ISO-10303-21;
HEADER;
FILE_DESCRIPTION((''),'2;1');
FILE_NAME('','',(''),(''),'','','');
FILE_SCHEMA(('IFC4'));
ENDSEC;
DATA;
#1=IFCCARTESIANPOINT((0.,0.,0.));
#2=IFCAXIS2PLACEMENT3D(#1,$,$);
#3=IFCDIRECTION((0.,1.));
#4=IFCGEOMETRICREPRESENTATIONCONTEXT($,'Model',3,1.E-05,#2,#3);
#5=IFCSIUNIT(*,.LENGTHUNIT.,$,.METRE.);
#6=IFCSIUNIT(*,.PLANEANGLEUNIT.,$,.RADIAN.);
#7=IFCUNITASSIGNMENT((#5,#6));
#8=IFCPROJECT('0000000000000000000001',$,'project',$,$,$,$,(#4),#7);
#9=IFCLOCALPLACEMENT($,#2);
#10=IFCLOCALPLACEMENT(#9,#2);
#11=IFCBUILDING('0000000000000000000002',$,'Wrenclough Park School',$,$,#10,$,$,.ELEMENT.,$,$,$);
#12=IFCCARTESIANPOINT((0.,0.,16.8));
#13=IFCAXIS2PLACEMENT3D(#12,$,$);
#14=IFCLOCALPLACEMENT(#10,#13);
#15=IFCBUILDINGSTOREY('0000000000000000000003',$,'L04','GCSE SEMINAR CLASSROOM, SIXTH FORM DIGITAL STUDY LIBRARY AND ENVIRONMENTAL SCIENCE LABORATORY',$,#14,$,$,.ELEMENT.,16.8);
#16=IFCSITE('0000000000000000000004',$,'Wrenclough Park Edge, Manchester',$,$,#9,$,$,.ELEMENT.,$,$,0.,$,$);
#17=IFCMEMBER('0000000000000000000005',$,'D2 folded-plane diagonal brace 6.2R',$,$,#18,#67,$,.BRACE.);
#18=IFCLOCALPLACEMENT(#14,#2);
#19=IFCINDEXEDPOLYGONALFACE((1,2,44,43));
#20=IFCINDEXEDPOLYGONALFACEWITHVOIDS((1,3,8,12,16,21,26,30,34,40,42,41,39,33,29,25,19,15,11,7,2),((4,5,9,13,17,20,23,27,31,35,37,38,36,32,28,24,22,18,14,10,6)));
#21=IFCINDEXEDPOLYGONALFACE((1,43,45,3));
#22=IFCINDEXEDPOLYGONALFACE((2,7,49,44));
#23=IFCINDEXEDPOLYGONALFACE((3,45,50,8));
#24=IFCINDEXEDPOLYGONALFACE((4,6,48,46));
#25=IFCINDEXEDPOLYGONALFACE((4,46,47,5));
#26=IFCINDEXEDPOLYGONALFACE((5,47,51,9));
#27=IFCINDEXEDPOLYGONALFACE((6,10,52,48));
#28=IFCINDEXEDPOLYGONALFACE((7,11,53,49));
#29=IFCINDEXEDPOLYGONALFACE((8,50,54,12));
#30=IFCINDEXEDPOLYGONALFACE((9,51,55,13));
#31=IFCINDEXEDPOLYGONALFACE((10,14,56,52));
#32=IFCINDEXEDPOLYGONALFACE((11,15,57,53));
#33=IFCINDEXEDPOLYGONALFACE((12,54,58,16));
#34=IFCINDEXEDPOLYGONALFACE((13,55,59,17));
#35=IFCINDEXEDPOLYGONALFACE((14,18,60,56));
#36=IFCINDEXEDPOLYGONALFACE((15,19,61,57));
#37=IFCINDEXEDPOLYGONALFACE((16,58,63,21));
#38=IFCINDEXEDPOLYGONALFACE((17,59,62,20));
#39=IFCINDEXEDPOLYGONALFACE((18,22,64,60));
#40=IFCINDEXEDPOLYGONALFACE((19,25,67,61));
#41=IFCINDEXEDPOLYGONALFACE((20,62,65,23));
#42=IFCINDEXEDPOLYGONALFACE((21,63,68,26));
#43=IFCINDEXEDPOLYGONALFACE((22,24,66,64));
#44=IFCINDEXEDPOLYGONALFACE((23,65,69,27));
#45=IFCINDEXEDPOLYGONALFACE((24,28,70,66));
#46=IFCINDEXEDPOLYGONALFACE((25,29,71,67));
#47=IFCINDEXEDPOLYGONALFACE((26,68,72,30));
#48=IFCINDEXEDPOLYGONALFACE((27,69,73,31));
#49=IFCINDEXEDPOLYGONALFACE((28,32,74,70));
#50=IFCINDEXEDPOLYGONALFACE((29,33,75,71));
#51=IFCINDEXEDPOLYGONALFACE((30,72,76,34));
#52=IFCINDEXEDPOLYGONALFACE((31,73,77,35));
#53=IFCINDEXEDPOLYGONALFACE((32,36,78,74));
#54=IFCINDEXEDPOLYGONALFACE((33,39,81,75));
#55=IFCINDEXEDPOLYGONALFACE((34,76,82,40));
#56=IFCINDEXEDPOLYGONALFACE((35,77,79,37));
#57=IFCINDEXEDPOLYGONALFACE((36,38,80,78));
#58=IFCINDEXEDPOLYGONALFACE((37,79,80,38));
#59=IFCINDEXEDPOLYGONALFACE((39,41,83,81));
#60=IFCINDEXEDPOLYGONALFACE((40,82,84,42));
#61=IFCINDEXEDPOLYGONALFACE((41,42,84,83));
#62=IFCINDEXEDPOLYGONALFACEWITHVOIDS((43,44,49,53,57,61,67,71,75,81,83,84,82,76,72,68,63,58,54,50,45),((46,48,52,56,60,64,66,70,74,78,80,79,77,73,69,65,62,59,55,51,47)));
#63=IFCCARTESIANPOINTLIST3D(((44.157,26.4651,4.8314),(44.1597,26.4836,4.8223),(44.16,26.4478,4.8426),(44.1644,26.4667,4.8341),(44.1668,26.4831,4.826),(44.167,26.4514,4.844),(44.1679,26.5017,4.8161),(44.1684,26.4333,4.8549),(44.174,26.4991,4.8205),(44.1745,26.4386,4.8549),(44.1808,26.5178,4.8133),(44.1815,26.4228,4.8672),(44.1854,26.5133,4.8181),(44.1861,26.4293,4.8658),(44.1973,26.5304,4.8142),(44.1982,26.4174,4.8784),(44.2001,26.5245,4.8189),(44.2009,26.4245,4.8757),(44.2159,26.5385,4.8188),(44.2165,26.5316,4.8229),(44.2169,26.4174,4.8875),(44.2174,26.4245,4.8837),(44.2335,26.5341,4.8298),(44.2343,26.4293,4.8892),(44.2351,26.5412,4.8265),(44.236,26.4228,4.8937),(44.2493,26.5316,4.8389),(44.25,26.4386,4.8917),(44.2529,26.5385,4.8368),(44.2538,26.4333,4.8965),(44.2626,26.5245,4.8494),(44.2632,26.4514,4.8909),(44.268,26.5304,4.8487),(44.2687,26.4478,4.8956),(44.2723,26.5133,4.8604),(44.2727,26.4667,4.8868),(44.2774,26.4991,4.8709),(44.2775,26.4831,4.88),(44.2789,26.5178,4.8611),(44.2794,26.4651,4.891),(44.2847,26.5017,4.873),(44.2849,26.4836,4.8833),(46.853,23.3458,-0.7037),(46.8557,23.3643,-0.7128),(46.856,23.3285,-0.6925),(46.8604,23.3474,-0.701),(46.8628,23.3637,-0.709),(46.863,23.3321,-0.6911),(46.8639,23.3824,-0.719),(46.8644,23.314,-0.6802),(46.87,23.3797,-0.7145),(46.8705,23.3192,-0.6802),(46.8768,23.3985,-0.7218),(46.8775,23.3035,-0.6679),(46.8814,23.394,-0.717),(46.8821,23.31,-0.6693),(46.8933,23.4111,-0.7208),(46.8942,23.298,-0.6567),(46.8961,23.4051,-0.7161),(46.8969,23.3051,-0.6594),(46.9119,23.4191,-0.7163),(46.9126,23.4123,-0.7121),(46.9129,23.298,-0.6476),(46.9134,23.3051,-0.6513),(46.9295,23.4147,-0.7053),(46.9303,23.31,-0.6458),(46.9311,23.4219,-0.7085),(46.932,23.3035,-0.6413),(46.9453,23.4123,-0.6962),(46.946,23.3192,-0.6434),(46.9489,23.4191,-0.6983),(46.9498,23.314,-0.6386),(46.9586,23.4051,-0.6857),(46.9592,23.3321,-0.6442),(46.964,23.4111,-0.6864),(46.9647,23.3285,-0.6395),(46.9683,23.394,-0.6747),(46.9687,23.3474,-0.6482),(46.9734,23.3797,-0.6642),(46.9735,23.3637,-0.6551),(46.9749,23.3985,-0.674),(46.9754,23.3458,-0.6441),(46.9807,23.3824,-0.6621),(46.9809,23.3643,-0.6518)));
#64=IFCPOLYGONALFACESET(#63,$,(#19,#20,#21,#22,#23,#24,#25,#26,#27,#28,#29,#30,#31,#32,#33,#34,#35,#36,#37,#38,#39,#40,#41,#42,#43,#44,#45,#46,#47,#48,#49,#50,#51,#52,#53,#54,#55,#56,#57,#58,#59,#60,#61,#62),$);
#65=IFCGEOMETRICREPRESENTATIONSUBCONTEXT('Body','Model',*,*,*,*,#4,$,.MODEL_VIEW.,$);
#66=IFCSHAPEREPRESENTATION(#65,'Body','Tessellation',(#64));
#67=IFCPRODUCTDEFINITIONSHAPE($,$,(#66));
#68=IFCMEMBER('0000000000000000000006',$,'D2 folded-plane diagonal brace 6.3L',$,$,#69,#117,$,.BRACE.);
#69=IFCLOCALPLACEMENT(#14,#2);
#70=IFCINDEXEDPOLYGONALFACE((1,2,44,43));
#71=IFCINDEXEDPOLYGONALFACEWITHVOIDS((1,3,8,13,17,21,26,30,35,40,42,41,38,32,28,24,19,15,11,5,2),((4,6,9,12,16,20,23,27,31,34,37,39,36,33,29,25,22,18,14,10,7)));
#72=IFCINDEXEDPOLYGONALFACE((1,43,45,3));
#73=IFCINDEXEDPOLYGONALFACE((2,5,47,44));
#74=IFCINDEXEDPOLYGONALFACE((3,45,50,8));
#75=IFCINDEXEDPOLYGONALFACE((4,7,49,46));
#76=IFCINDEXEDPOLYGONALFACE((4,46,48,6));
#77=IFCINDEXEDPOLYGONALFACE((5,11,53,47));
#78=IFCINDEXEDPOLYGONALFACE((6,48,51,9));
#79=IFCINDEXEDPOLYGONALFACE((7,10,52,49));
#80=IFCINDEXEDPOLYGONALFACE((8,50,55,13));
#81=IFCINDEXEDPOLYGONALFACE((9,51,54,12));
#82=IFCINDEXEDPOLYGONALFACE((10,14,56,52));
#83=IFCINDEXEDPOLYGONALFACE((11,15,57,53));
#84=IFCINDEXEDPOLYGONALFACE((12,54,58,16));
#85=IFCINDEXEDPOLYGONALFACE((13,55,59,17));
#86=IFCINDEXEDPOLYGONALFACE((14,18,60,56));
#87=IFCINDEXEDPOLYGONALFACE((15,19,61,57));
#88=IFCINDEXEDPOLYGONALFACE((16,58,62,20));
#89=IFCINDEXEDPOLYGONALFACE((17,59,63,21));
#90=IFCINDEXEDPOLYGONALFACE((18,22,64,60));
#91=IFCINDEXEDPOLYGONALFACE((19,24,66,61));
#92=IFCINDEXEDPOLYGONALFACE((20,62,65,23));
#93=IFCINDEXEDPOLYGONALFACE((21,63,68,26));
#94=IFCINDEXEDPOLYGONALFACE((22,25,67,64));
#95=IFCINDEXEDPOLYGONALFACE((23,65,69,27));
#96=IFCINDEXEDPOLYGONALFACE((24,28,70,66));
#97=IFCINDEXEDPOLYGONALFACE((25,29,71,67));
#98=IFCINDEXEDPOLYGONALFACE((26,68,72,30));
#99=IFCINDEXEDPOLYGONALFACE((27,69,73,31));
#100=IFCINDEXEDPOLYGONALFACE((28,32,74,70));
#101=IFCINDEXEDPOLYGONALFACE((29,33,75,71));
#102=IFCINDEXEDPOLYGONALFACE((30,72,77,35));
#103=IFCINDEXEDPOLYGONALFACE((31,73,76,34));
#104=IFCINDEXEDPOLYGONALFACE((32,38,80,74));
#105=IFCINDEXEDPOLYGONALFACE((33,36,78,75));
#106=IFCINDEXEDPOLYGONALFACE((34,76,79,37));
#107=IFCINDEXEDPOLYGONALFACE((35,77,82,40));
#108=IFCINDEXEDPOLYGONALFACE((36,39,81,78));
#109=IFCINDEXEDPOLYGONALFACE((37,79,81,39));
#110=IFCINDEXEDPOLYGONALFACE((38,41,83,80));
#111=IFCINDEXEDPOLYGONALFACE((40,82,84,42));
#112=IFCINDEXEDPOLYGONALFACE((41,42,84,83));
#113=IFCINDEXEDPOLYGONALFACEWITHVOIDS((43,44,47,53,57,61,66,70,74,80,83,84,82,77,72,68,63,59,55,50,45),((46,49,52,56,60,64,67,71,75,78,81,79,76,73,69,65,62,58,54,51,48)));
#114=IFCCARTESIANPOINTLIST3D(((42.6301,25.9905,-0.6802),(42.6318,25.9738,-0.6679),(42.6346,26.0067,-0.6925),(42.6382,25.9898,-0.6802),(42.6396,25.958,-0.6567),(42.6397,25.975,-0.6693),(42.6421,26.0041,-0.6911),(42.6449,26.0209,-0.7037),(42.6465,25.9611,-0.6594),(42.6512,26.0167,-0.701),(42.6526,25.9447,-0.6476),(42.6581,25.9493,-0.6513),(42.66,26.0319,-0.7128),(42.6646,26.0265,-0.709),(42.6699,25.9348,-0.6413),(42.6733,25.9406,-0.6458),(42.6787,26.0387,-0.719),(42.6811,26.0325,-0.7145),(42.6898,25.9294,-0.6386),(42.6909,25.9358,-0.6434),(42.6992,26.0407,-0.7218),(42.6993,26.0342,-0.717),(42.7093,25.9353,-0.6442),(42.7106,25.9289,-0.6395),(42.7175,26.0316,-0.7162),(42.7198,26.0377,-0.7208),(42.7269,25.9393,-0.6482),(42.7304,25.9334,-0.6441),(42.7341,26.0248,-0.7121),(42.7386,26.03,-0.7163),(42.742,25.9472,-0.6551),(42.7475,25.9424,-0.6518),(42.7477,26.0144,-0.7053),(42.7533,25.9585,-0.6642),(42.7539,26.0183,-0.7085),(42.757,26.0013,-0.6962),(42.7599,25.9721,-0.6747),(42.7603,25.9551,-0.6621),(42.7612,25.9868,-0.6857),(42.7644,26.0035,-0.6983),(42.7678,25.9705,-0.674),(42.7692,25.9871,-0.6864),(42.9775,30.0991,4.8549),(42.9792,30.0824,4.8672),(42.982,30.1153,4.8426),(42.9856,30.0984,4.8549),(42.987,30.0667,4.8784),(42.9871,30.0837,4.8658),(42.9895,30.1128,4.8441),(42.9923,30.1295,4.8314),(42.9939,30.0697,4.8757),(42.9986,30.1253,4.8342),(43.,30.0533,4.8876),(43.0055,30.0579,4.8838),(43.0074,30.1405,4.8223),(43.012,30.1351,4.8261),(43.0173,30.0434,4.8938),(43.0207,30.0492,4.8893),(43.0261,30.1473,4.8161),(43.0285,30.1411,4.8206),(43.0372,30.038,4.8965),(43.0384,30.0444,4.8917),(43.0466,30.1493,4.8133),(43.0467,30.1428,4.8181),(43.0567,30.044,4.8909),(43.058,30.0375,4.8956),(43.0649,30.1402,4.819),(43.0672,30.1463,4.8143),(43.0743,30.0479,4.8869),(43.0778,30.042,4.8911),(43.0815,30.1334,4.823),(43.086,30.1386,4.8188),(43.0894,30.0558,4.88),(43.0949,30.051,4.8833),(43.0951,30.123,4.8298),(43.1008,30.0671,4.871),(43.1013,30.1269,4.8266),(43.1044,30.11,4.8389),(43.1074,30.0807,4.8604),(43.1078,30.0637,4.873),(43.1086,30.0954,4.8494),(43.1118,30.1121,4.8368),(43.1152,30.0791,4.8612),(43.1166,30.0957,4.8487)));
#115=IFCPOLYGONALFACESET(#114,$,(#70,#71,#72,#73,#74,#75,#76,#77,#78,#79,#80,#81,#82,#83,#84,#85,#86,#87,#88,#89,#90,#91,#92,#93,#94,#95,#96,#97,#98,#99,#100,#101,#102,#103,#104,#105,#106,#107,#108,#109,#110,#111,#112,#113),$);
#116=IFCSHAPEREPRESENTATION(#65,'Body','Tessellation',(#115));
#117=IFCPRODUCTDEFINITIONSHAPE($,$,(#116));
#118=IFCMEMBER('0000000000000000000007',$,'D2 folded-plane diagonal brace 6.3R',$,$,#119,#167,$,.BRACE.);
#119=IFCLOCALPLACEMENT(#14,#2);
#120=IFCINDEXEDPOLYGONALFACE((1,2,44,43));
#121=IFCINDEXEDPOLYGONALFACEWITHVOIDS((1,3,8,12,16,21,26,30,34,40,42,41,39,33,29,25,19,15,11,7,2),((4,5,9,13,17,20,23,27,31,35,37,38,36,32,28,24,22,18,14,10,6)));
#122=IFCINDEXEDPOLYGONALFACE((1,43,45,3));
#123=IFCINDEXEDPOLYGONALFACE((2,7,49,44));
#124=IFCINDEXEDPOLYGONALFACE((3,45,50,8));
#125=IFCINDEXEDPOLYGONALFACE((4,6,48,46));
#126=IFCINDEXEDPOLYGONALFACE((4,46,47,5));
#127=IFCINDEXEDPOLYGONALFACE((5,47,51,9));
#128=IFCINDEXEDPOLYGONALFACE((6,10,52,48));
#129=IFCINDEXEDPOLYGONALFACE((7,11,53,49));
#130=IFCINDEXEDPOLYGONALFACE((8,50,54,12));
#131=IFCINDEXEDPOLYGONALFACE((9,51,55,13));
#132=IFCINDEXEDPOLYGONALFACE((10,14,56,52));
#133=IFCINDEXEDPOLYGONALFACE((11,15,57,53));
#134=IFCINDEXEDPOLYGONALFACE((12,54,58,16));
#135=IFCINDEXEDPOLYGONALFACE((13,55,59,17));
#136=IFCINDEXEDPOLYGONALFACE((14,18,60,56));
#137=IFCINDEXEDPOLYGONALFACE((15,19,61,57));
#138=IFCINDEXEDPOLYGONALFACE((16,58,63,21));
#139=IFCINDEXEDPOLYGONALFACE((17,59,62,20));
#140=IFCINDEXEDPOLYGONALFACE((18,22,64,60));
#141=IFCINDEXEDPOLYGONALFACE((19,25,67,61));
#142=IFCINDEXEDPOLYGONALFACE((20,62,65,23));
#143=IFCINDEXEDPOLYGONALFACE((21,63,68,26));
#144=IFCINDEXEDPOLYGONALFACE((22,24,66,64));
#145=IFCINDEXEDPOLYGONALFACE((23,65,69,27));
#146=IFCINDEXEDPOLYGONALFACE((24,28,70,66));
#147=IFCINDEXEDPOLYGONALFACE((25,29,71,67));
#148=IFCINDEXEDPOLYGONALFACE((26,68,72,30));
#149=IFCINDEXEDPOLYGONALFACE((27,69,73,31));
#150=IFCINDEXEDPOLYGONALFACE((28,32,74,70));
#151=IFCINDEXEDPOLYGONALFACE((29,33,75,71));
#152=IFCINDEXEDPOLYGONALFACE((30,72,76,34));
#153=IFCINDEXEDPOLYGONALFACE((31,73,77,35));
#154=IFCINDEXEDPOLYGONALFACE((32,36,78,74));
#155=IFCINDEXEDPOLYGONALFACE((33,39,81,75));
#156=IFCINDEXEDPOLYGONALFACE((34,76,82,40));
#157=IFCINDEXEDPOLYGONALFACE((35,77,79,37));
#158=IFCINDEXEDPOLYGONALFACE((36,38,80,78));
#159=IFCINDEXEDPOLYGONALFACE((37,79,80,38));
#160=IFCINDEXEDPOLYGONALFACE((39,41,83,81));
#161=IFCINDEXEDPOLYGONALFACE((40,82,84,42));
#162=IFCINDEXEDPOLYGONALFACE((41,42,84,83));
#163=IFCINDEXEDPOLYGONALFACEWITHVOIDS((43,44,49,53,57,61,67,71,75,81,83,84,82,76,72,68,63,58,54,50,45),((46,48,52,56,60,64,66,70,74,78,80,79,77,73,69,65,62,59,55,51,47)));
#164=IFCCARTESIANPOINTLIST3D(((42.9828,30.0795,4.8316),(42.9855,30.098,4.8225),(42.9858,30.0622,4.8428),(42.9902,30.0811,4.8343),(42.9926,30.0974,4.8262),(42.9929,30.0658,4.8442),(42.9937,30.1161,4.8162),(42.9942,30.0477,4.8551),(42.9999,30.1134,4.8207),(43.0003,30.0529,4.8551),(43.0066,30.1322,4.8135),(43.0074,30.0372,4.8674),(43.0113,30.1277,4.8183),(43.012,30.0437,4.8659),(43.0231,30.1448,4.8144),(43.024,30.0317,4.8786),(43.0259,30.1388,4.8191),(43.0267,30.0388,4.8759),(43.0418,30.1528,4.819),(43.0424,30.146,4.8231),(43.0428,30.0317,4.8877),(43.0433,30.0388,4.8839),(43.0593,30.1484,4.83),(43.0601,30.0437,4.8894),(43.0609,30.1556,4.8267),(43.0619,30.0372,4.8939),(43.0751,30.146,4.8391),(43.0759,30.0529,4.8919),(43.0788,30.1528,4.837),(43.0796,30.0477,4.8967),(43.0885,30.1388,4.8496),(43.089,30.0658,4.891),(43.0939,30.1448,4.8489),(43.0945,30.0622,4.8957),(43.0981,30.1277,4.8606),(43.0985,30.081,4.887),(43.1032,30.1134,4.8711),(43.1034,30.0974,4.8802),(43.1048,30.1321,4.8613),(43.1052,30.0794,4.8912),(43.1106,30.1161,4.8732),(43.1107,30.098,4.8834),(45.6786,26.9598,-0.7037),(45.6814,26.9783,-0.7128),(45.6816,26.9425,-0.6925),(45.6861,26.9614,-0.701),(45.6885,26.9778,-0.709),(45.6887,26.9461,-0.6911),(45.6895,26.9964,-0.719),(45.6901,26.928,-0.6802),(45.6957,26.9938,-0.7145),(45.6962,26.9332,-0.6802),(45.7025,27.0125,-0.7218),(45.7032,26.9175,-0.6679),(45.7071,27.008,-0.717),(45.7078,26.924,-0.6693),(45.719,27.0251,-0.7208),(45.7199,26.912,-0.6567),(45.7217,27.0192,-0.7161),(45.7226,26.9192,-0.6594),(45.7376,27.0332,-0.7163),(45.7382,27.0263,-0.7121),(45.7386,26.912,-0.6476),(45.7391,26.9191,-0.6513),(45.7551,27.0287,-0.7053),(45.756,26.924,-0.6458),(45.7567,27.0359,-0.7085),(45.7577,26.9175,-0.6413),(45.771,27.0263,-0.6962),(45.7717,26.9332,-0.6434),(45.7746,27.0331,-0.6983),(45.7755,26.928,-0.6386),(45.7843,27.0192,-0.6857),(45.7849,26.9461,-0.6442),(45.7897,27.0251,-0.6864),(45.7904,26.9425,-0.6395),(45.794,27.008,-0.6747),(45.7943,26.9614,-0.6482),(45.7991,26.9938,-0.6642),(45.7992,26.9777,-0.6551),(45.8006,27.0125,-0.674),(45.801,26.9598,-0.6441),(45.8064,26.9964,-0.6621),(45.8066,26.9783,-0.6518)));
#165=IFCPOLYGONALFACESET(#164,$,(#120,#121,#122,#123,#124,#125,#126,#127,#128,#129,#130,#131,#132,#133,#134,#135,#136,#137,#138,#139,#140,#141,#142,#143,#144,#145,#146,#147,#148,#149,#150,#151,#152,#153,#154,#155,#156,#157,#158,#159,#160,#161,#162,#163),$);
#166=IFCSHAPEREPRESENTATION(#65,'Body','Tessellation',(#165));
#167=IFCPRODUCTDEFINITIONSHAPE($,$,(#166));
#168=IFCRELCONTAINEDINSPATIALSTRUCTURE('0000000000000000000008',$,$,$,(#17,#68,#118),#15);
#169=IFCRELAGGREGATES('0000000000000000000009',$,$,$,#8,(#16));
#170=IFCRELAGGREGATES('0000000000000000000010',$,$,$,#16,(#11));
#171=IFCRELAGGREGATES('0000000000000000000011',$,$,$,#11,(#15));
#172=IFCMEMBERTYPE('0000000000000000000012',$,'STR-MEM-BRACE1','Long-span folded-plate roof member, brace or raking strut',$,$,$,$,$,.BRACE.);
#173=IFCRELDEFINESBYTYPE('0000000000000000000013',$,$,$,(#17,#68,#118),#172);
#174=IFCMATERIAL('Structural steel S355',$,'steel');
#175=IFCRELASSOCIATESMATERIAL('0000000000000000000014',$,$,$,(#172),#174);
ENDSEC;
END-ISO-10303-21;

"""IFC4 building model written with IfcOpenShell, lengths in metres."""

from ifc_helpers import new_model, si_unit, direction, frame, origin, origin_2d, place, context, subcontext, project, spatial, hollow_circle, extrude, material, material_profile, profile_set, type_object, element, save


model = new_model("IFC4")

# Units and contexts
model_context = context("Model", 3, precision=1e-05, world=origin(), true_north=direction((0.0, 1.0)))
body_context = subcontext(model_context, "Body", "Model", "MODEL_VIEW")
ifc_project = project(units=[si_unit("LENGTHUNIT", "METRE"), si_unit("PLANEANGLEUNIT", "RADIAN")], contexts=[model_context])

# Site, building, storey
site_placement = place(None, origin())
site = spatial("IfcSite", under=ifc_project, at=site_placement, Name="Wrenclough Park Edge, Manchester", CompositionType="ELEMENT", RefElevation=0.0)
building_placement = place(site_placement, origin())
building = spatial("IfcBuilding", under=site, at=building_placement, Name="Wrenclough Park School", CompositionType="ELEMENT")
storey_placement = place(building_placement, frame((0.0, 0.0, 16.8)))
storey = spatial("IfcBuildingStorey", under=building, at=storey_placement, Name="L04", Description="GCSE SEMINAR CLASSROOM, SIXTH FORM DIGITAL STUDY LIBRARY AND ENVIRONMENTAL SCIENCE LABORATORY", CompositionType="ELEMENT", Elevation=16.8)

# Shared definitions
ifc_material_1 = material(Name="Structural steel S355", Category="steel")

# Members
ifc_material_profile_1 = material_profile(ifc_material_1, hollow_circle(Radius=0.0698, WallThickness=0.0081, at=origin_2d()), Name="CHS 139.7x8.0")
ifc_profile_set_1 = profile_set([ifc_material_profile_1], Name="Structural steel S355")
member_type_1 = type_object("IfcMemberType", Name="STR-MEM-BRACE1", Description="Long-span folded-plate roof member, brace or raking strut", PredefinedType="BRACE", material=ifc_profile_set_1)
member_1_placement = place(storey_placement, frame((46.9172, 23.3596, -0.6802), z_axis=(-0.39062, 0.451956, 0.801968), x_axis=(-0.756579, -0.653902, 0.0)))
element("IfcMember", 1, at=member_1_placement, inside=storey, type_object=member_type_1, Name="D2 folded-plane diagonal brace 6.2R", PredefinedType="BRACE", context=body_context, shape_type="SweptSolid", body=[
    extrude(hollow_circle(Radius=0.0698, WallThickness=0.0081, at=origin_2d()), origin(), (0.0, 0.0, 1.0), 6.9019),
])
for number, where, z_axis, x_axis, name in (
    (2, (42.6997, 25.9846, -0.6802), (0.050334, 0.59527, 0.801947), (-0.996444, 0.084256, 0.0), "D2 folded-plane diagonal brace 6.3L"),
    (3, (45.7429, 26.9736, -0.6802), (-0.390583, 0.45199, 0.801966), (-0.756634, -0.653839, 0.0), "D2 folded-plane diagonal brace 6.3R"),
):
    element("IfcMember", number, at=place(storey_placement, frame(where, z_axis=z_axis, x_axis=x_axis)), inside=storey, type_object=member_type_1, Name=name, PredefinedType="BRACE", context=body_context, shape_type="SweptSolid", body=[
        extrude(hollow_circle(Radius=0.0698, WallThickness=0.0081, at=origin_2d()), origin(), (0.0, 0.0, 1.0), 6.9021),
    ])

save(model, "model.ifc")
